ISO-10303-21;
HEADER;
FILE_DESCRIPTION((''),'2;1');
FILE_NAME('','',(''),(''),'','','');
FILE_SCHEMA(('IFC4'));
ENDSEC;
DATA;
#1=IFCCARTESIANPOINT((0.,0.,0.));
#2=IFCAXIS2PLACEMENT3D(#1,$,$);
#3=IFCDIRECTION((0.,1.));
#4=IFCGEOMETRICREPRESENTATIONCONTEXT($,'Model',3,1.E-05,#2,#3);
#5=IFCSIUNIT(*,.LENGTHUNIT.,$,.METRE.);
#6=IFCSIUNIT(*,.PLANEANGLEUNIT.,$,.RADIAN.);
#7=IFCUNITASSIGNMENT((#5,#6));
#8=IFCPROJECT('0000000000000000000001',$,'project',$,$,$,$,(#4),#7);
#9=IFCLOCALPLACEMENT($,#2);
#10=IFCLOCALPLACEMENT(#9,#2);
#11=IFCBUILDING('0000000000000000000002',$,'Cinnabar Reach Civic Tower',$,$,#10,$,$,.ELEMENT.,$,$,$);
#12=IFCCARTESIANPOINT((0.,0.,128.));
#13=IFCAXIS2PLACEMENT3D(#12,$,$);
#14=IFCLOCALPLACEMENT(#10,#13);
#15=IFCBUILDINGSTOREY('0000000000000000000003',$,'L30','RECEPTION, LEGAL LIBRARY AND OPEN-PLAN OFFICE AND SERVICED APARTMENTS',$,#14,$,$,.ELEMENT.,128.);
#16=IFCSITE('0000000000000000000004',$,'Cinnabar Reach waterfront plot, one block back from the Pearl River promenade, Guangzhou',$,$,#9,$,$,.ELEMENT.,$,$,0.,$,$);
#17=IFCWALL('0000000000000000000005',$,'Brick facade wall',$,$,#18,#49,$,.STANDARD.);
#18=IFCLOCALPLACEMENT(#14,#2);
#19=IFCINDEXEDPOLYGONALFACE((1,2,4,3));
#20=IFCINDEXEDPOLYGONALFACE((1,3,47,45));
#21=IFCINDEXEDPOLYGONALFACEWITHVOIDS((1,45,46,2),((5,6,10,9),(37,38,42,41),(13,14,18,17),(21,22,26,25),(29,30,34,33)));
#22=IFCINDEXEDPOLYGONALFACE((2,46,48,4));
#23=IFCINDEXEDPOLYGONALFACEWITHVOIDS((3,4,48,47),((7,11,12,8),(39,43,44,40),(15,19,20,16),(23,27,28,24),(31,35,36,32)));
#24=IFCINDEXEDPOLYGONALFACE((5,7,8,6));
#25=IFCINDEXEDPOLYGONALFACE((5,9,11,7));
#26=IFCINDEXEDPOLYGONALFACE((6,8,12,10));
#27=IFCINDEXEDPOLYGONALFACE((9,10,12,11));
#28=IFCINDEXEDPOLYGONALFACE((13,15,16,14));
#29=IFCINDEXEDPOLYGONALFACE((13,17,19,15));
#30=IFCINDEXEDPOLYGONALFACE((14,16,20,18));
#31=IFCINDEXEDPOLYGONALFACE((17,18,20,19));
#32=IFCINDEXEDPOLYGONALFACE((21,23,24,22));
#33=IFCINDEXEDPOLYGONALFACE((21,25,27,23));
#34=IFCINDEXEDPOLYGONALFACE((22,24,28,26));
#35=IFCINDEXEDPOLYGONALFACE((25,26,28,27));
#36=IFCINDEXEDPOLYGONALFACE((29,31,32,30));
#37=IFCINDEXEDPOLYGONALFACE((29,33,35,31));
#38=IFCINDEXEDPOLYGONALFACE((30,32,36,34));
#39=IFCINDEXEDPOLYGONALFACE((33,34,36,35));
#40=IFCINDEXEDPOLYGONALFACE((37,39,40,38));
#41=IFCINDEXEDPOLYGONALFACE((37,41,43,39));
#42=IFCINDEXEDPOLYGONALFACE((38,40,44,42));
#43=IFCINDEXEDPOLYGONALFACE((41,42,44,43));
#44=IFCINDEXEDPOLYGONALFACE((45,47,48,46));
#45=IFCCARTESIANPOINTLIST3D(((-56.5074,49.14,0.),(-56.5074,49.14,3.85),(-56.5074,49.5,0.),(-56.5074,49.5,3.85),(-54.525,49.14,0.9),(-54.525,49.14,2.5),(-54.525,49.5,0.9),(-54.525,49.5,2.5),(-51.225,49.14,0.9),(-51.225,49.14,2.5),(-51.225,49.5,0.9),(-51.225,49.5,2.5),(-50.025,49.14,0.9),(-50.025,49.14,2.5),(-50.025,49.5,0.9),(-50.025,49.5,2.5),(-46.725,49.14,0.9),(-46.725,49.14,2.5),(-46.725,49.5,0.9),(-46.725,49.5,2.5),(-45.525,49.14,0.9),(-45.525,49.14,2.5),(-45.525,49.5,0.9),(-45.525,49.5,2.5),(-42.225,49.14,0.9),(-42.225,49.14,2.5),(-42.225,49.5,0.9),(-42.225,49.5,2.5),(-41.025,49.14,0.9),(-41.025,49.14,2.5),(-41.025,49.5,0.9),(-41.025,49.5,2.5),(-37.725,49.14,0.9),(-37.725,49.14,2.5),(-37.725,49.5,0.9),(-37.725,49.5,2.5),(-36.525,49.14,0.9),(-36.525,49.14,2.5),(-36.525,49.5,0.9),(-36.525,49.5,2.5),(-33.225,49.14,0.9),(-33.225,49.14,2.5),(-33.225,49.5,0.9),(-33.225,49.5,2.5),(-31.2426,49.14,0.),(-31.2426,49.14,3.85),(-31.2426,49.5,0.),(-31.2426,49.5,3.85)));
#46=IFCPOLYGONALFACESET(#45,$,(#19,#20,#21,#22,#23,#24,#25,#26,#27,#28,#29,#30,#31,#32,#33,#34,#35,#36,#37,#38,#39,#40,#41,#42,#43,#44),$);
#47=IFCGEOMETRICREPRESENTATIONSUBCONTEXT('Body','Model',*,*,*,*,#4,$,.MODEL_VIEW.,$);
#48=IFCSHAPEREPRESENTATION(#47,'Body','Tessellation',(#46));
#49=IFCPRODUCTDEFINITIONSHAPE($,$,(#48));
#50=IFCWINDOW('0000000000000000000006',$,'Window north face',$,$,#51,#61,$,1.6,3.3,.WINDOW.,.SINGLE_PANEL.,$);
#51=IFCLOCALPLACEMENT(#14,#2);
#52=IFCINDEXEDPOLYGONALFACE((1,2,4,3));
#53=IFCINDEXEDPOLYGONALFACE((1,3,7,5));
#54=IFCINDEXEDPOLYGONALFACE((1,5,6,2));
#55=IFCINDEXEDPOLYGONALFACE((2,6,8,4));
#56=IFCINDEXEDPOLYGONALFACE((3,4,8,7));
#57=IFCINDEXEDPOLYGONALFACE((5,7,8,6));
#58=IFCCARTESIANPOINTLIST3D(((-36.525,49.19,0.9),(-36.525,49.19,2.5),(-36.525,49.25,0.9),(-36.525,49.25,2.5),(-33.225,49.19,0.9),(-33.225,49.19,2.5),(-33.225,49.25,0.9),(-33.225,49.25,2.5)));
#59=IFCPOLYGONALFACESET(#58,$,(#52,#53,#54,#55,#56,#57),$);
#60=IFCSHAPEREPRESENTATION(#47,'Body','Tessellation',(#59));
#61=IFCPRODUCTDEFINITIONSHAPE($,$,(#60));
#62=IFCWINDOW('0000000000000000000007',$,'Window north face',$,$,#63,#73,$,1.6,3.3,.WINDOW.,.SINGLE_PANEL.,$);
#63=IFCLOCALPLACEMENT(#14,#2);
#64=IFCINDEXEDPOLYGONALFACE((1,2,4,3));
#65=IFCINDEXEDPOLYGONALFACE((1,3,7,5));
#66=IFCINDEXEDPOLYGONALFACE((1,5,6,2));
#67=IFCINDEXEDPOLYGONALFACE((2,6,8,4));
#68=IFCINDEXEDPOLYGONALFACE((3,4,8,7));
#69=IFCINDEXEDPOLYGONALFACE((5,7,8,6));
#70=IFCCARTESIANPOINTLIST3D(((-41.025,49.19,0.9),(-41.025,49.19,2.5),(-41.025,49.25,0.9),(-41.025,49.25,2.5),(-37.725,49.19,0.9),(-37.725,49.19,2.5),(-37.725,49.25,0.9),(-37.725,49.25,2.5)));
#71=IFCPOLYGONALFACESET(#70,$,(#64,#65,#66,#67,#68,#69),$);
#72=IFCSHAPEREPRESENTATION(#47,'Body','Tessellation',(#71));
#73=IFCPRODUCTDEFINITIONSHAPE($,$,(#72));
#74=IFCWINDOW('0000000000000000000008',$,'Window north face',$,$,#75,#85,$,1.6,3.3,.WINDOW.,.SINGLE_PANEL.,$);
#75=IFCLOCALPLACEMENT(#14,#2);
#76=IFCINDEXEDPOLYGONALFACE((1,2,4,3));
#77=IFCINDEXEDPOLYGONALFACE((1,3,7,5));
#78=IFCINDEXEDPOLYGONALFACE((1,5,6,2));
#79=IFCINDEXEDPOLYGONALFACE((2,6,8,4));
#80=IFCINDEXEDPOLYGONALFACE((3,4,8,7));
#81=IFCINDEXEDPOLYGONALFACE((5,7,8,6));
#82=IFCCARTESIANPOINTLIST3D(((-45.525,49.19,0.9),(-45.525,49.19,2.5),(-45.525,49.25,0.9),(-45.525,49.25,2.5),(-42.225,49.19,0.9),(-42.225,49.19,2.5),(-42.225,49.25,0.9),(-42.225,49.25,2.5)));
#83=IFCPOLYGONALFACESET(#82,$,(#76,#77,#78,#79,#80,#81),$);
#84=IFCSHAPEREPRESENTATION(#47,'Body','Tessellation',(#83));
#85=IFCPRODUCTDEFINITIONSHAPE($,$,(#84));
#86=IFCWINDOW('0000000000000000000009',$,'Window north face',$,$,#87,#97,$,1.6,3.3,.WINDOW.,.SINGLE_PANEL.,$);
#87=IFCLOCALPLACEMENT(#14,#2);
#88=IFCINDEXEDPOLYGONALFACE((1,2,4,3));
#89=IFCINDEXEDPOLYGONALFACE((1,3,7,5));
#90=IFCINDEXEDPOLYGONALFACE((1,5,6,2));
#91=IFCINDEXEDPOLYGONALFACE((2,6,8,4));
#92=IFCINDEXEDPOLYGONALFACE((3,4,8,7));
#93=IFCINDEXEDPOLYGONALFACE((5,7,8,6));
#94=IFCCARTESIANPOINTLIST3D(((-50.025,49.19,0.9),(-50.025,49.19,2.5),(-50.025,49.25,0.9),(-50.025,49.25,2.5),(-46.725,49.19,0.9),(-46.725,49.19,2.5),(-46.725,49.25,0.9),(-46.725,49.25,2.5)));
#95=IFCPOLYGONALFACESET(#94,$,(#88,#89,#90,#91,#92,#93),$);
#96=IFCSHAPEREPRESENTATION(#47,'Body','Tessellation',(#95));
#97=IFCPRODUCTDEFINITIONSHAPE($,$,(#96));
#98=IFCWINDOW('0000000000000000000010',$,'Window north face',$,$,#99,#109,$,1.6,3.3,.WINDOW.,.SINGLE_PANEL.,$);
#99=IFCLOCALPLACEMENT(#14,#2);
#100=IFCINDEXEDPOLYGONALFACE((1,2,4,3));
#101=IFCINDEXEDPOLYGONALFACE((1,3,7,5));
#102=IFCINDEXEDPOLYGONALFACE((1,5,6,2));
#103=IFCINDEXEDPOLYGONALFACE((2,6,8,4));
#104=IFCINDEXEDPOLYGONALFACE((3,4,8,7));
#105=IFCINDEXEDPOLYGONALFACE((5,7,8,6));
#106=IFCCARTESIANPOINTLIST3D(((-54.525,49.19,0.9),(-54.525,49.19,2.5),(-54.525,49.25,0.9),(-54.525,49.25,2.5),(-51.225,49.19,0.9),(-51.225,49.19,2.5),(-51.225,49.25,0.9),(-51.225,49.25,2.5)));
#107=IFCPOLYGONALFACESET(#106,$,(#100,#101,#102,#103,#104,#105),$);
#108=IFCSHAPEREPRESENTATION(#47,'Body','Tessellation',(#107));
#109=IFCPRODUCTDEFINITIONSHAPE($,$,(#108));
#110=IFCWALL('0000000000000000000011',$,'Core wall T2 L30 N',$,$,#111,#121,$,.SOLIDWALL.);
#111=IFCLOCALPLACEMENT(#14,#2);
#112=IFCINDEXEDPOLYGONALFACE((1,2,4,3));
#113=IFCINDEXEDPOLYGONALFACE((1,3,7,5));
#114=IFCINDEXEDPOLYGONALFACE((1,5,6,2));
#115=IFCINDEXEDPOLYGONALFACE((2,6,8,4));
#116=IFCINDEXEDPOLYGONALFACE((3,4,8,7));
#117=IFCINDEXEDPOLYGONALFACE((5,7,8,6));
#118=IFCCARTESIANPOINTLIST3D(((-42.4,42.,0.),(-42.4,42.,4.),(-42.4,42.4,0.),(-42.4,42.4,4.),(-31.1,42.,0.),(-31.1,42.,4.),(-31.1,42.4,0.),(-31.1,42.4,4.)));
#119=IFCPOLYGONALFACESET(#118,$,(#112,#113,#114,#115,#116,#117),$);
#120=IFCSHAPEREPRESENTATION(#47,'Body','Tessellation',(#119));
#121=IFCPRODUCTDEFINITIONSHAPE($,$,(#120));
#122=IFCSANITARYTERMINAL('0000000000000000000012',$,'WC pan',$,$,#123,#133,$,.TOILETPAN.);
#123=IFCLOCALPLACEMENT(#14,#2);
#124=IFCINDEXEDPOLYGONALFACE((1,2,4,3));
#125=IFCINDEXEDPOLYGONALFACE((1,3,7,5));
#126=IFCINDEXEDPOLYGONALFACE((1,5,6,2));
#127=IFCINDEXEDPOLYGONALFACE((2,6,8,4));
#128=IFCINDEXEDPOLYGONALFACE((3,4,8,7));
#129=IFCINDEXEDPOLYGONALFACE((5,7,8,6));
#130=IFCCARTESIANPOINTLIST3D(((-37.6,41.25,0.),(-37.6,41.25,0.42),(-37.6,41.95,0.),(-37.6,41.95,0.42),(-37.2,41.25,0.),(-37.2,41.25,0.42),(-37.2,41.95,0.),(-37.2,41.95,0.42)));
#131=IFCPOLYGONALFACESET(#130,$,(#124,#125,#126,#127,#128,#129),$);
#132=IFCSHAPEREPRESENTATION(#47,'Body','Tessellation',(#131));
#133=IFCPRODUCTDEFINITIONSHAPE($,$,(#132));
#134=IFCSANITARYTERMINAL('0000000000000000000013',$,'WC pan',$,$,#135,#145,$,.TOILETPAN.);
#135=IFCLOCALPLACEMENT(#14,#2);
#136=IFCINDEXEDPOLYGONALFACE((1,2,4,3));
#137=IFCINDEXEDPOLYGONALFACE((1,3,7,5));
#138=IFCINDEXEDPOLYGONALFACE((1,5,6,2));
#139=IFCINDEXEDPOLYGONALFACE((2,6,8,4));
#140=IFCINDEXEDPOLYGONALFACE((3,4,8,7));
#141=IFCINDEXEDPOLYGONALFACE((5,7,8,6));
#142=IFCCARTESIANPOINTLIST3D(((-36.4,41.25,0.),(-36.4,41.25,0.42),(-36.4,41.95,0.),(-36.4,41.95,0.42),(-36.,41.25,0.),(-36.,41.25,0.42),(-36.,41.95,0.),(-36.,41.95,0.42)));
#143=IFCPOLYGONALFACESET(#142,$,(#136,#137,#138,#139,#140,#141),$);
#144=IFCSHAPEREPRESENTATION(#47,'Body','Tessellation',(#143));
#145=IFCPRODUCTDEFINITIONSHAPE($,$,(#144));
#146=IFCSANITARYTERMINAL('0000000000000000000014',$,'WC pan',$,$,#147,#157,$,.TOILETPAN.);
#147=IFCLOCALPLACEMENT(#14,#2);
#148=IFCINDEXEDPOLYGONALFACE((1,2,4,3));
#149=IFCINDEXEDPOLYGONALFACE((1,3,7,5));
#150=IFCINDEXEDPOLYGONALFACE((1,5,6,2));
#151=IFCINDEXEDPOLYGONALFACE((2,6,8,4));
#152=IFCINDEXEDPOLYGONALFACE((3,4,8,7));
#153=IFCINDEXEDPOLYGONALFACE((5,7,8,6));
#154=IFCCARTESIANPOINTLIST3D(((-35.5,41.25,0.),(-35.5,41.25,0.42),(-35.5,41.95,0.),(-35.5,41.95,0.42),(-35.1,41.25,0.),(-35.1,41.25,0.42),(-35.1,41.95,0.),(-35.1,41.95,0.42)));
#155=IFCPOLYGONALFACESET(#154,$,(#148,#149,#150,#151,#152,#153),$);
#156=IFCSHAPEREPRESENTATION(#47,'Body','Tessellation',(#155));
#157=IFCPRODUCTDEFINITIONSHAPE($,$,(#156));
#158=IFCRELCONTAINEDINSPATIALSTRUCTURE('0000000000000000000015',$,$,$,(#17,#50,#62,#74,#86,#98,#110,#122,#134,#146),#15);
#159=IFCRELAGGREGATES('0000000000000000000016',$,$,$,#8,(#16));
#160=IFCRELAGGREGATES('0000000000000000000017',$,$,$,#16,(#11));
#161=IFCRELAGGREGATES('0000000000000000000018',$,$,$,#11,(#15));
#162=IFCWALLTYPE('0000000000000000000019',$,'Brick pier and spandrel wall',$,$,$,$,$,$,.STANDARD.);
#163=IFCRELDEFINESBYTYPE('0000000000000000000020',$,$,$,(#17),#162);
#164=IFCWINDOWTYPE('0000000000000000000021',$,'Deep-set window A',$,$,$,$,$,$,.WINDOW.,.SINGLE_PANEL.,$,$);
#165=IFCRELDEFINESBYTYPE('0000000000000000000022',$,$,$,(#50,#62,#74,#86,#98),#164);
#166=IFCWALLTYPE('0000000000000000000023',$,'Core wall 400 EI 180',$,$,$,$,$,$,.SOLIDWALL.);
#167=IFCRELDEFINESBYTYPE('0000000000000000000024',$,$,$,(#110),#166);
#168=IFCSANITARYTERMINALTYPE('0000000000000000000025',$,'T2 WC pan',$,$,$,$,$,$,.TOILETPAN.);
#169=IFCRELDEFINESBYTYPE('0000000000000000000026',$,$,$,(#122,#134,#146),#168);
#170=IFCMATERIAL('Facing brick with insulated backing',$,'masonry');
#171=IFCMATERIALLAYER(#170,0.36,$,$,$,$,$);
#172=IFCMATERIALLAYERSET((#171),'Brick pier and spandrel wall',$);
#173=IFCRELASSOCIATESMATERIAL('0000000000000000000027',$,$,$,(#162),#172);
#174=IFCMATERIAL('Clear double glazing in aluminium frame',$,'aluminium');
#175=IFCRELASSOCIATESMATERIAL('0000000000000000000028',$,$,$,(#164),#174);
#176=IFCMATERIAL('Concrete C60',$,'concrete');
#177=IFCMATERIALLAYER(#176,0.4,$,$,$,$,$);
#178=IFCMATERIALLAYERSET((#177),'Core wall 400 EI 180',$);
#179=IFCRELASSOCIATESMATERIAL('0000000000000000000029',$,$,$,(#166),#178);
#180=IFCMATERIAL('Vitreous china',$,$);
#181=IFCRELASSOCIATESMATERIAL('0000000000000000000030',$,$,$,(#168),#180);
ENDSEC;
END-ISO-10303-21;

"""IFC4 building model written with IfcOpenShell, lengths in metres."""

from ifc_helpers import new_model, si_unit, direction, frame, frame_2d, origin, origin_2d, place, context, subcontext, project, spatial, rectangle, extrude, material, layer, layer_set, type_object, element, fill, save


model = new_model("IFC4")

# Units and contexts
model_context = context("Model", 3, precision=1e-05, world=origin(), true_north=direction((0.0, 1.0)))
body_context = subcontext(model_context, "Body", "Model", "MODEL_VIEW")
ifc_project = project(units=[si_unit("LENGTHUNIT", "METRE"), si_unit("PLANEANGLEUNIT", "RADIAN")], contexts=[model_context])

# Site, building, storey
site_placement = place(None, origin())
site = spatial("IfcSite", under=ifc_project, at=site_placement, Name="Cinnabar Reach waterfront plot, one block back from the Pearl River promenade, Guangzhou", CompositionType="ELEMENT", RefElevation=0.0)
building_placement = place(site_placement, origin())
building = spatial("IfcBuilding", under=site, at=building_placement, Name="Cinnabar Reach Civic Tower", CompositionType="ELEMENT")
storey_placement = place(building_placement, frame((0.0, 0.0, 128.0)))
storey = spatial("IfcBuildingStorey", under=building, at=storey_placement, Name="L30", Description="RECEPTION, LEGAL LIBRARY AND OPEN-PLAN OFFICE AND SERVICED APARTMENTS", CompositionType="ELEMENT", Elevation=128.0)

# Shared definitions
ifc_material_1 = material(Name="Concrete C60", Category="concrete")

# Shared definitions
ifc_material_2 = material(Name="Facing brick with insulated backing", Category="masonry")

# Wall, openings, windows
ifc_layer_1 = layer(ifc_material_2, 0.36)
ifc_layer_set_1 = layer_set([ifc_layer_1], Name="Brick pier and spandrel wall")
wall_type_1 = type_object("IfcWallType", Name="Brick pier and spandrel wall", PredefinedType="STANDARD", material=ifc_layer_set_1)
wall_1_placement = place(storey_placement, frame((-31.2426, 49.32, 0.0), z_axis=(0.0, 0.0, 1.0), x_axis=(-1.0, 0.0, 0.0)))
wall_1 = element("IfcWall", 1, at=wall_1_placement, inside=storey, type_object=wall_type_1, Name="Brick facade wall", PredefinedType="STANDARD", context=body_context, shape_type="SweptSolid", body=[
    extrude(rectangle(XDim=25.2648, YDim=0.36, at=frame_2d((12.6324, 0.0))), origin(), (0.0, 0.0, 1.0), 3.85),
])
opening_1_placement = place(wall_1_placement, frame((1.9824, 0.0, 0.9)))
opening_1 = element("IfcOpeningElement", 2, at=opening_1_placement, cuts=wall_1, PredefinedType="OPENING", context=body_context, shape_type="SweptSolid", body=[
    extrude(rectangle(XDim=3.3, YDim=1.6, at=frame_2d((1.65, 0.8))), frame((0.0, 0.19, 0.0), z_axis=(0.0, -1.0, 0.0), x_axis=(1.0, 0.0, 0.0)), (0.0, 0.0, 1.0), 0.38),
])
opening_2_placement = place(wall_1_placement, frame((6.4824, 0.0, 0.9)))
opening_2 = element("IfcOpeningElement", 3, at=opening_2_placement, cuts=wall_1, PredefinedType="OPENING", context=body_context, shape_type="SweptSolid", body=[
    extrude(rectangle(XDim=3.3, YDim=1.6, at=frame_2d((1.65, 0.8))), frame((0.0, 0.19, 0.0), z_axis=(0.0, -1.0, 0.0), x_axis=(1.0, 0.0, 0.0)), (0.0, 0.0, 1.0), 0.38),
])
opening_3_placement = place(wall_1_placement, frame((10.9824, 0.0, 0.9)))
opening_3 = element("IfcOpeningElement", 4, at=opening_3_placement, cuts=wall_1, PredefinedType="OPENING", context=body_context, shape_type="SweptSolid", body=[
    extrude(rectangle(XDim=3.3, YDim=1.6, at=frame_2d((1.65, 0.8))), frame((0.0, 0.19, 0.0), z_axis=(0.0, -1.0, 0.0), x_axis=(1.0, 0.0, 0.0)), (0.0, 0.0, 1.0), 0.38),
])
opening_4_placement = place(wall_1_placement, frame((15.4824, 0.0, 0.9)))
opening_4 = element("IfcOpeningElement", 5, at=opening_4_placement, cuts=wall_1, PredefinedType="OPENING", context=body_context, shape_type="SweptSolid", body=[
    extrude(rectangle(XDim=3.3, YDim=1.6, at=frame_2d((1.65, 0.8))), frame((0.0, 0.19, 0.0), z_axis=(0.0, -1.0, 0.0), x_axis=(1.0, 0.0, 0.0)), (0.0, 0.0, 1.0), 0.38),
])
opening_5_placement = place(wall_1_placement, frame((19.9824, 0.0, 0.9)))
opening_5 = element("IfcOpeningElement", 6, at=opening_5_placement, cuts=wall_1, PredefinedType="OPENING", context=body_context, shape_type="SweptSolid", body=[
    extrude(rectangle(XDim=3.3, YDim=1.6, at=frame_2d((1.65, 0.8))), frame((0.0, 0.19, 0.0), z_axis=(0.0, -1.0, 0.0), x_axis=(1.0, 0.0, 0.0)), (0.0, 0.0, 1.0), 0.38),
])
ifc_material_3 = material(Name="Clear double glazing in aluminium frame", Category="aluminium")
window_type = type_object("IfcWindowType", Name="Deep-set window A", PartitioningType="SINGLE_PANEL", PredefinedType="WINDOW", material=ifc_material_3)
window_1_placement = place(opening_1_placement, origin())
window_1 = element("IfcWindow", 7, at=window_1_placement, inside=storey, type_object=window_type, Name="Window north face", OverallHeight=1.6, OverallWidth=3.3, PartitioningType="SINGLE_PANEL", PredefinedType="WINDOW", context=body_context, shape_type="SweptSolid", body=[
    extrude(rectangle(XDim=3.3, YDim=1.6, at=frame_2d((1.65, 0.8))), frame((0.0, 0.13, 0.0), z_axis=(0.0, -1.0, 0.0), x_axis=(1.0, 0.0, 0.0)), (0.0, 0.0, 1.0), 0.06),
])
fill(opening_1, window_1)
window_2_placement = place(opening_2_placement, origin())
window_2 = element("IfcWindow", 8, at=window_2_placement, inside=storey, type_object=window_type, Name="Window north face", OverallHeight=1.6, OverallWidth=3.3, PartitioningType="SINGLE_PANEL", PredefinedType="WINDOW", context=body_context, shape_type="SweptSolid", body=[
    extrude(rectangle(XDim=3.3, YDim=1.6, at=frame_2d((1.65, 0.8))), frame((0.0, 0.13, 0.0), z_axis=(0.0, -1.0, 0.0), x_axis=(1.0, 0.0, 0.0)), (0.0, 0.0, 1.0), 0.06),
])
fill(opening_2, window_2)
window_3_placement = place(opening_3_placement, origin())
window_3 = element("IfcWindow", 9, at=window_3_placement, inside=storey, type_object=window_type, Name="Window north face", OverallHeight=1.6, OverallWidth=3.3, PartitioningType="SINGLE_PANEL", PredefinedType="WINDOW", context=body_context, shape_type="SweptSolid", body=[
    extrude(rectangle(XDim=3.3, YDim=1.6, at=frame_2d((1.65, 0.8))), frame((0.0, 0.13, 0.0), z_axis=(0.0, -1.0, 0.0), x_axis=(1.0, 0.0, 0.0)), (0.0, 0.0, 1.0), 0.06),
])
fill(opening_3, window_3)
window_4_placement = place(opening_4_placement, origin())
window_4 = element("IfcWindow", 10, at=window_4_placement, inside=storey, type_object=window_type, Name="Window north face", OverallHeight=1.6, OverallWidth=3.3, PartitioningType="SINGLE_PANEL", PredefinedType="WINDOW", context=body_context, shape_type="SweptSolid", body=[
    extrude(rectangle(XDim=3.3, YDim=1.6, at=frame_2d((1.65, 0.8))), frame((0.0, 0.13, 0.0), z_axis=(0.0, -1.0, 0.0), x_axis=(1.0, 0.0, 0.0)), (0.0, 0.0, 1.0), 0.06),
])
fill(opening_4, window_4)
window_5_placement = place(opening_5_placement, origin())
window_5 = element("IfcWindow", 11, at=window_5_placement, inside=storey, type_object=window_type, Name="Window north face", OverallHeight=1.6, OverallWidth=3.3, PartitioningType="SINGLE_PANEL", PredefinedType="WINDOW", context=body_context, shape_type="SweptSolid", body=[
    extrude(rectangle(XDim=3.3, YDim=1.6, at=frame_2d((1.65, 0.8))), frame((0.0, 0.13, 0.0), z_axis=(0.0, -1.0, 0.0), x_axis=(1.0, 0.0, 0.0)), (0.0, 0.0, 1.0), 0.06),
])
fill(opening_5, window_5)

# Wall
ifc_layer_2 = layer(ifc_material_1, 0.4)
ifc_layer_set_2 = layer_set([ifc_layer_2], Name="Core wall 400 EI 180")
wall_type_2 = type_object("IfcWallType", Name="Core wall 400 EI 180", PredefinedType="SOLIDWALL", material=ifc_layer_set_2)
wall_2_placement = place(storey_placement, frame((-31.1, 42.2, 0.0), z_axis=(0.0, 0.0, 1.0), x_axis=(-1.0, 0.0, 0.0)))
element("IfcWall", 12, at=wall_2_placement, inside=storey, type_object=wall_type_2, Name="Core wall T2 L30 N", PredefinedType="SOLIDWALL", context=body_context, shape_type="SweptSolid", body=[
    extrude(rectangle(XDim=11.3, YDim=0.4, at=frame_2d((5.65, 0.0))), origin(), (0.0, 0.0, 1.0), 4.0),
])

# Sanitary terminals
ifc_material_4 = material(Name="Vitreous china")
sanitary_terminal_type = type_object("IfcSanitaryTerminalType", Name="T2 WC pan", PredefinedType="TOILETPAN", material=ifc_material_4)
for number, where, z_axis, x_axis, name in (
    (13, (-37.4, 41.6, 0.0), (0.0, 0.0, 1.0), (1.0, 0.0, 0.0), "WC pan"),
    (14, (-36.2, 41.6, 0.0), (0.0, 0.0, 1.0), (1.0, 0.0, 0.0), "WC pan"),
    (15, (-35.3, 41.6, 0.0), (0.0, 0.0, 1.0), (1.0, 0.0, 0.0), "WC pan"),
):
    element("IfcSanitaryTerminal", number, at=place(storey_placement, frame(where, z_axis=z_axis, x_axis=x_axis)), inside=storey, type_object=sanitary_terminal_type, Name=name, PredefinedType="TOILETPAN", context=body_context, shape_type="SweptSolid", body=[
        extrude(rectangle(XDim=0.4, YDim=0.7, at=origin_2d()), origin(), (0.0, 0.0, 1.0), 0.42),
    ])

save(model, "model.ifc")
